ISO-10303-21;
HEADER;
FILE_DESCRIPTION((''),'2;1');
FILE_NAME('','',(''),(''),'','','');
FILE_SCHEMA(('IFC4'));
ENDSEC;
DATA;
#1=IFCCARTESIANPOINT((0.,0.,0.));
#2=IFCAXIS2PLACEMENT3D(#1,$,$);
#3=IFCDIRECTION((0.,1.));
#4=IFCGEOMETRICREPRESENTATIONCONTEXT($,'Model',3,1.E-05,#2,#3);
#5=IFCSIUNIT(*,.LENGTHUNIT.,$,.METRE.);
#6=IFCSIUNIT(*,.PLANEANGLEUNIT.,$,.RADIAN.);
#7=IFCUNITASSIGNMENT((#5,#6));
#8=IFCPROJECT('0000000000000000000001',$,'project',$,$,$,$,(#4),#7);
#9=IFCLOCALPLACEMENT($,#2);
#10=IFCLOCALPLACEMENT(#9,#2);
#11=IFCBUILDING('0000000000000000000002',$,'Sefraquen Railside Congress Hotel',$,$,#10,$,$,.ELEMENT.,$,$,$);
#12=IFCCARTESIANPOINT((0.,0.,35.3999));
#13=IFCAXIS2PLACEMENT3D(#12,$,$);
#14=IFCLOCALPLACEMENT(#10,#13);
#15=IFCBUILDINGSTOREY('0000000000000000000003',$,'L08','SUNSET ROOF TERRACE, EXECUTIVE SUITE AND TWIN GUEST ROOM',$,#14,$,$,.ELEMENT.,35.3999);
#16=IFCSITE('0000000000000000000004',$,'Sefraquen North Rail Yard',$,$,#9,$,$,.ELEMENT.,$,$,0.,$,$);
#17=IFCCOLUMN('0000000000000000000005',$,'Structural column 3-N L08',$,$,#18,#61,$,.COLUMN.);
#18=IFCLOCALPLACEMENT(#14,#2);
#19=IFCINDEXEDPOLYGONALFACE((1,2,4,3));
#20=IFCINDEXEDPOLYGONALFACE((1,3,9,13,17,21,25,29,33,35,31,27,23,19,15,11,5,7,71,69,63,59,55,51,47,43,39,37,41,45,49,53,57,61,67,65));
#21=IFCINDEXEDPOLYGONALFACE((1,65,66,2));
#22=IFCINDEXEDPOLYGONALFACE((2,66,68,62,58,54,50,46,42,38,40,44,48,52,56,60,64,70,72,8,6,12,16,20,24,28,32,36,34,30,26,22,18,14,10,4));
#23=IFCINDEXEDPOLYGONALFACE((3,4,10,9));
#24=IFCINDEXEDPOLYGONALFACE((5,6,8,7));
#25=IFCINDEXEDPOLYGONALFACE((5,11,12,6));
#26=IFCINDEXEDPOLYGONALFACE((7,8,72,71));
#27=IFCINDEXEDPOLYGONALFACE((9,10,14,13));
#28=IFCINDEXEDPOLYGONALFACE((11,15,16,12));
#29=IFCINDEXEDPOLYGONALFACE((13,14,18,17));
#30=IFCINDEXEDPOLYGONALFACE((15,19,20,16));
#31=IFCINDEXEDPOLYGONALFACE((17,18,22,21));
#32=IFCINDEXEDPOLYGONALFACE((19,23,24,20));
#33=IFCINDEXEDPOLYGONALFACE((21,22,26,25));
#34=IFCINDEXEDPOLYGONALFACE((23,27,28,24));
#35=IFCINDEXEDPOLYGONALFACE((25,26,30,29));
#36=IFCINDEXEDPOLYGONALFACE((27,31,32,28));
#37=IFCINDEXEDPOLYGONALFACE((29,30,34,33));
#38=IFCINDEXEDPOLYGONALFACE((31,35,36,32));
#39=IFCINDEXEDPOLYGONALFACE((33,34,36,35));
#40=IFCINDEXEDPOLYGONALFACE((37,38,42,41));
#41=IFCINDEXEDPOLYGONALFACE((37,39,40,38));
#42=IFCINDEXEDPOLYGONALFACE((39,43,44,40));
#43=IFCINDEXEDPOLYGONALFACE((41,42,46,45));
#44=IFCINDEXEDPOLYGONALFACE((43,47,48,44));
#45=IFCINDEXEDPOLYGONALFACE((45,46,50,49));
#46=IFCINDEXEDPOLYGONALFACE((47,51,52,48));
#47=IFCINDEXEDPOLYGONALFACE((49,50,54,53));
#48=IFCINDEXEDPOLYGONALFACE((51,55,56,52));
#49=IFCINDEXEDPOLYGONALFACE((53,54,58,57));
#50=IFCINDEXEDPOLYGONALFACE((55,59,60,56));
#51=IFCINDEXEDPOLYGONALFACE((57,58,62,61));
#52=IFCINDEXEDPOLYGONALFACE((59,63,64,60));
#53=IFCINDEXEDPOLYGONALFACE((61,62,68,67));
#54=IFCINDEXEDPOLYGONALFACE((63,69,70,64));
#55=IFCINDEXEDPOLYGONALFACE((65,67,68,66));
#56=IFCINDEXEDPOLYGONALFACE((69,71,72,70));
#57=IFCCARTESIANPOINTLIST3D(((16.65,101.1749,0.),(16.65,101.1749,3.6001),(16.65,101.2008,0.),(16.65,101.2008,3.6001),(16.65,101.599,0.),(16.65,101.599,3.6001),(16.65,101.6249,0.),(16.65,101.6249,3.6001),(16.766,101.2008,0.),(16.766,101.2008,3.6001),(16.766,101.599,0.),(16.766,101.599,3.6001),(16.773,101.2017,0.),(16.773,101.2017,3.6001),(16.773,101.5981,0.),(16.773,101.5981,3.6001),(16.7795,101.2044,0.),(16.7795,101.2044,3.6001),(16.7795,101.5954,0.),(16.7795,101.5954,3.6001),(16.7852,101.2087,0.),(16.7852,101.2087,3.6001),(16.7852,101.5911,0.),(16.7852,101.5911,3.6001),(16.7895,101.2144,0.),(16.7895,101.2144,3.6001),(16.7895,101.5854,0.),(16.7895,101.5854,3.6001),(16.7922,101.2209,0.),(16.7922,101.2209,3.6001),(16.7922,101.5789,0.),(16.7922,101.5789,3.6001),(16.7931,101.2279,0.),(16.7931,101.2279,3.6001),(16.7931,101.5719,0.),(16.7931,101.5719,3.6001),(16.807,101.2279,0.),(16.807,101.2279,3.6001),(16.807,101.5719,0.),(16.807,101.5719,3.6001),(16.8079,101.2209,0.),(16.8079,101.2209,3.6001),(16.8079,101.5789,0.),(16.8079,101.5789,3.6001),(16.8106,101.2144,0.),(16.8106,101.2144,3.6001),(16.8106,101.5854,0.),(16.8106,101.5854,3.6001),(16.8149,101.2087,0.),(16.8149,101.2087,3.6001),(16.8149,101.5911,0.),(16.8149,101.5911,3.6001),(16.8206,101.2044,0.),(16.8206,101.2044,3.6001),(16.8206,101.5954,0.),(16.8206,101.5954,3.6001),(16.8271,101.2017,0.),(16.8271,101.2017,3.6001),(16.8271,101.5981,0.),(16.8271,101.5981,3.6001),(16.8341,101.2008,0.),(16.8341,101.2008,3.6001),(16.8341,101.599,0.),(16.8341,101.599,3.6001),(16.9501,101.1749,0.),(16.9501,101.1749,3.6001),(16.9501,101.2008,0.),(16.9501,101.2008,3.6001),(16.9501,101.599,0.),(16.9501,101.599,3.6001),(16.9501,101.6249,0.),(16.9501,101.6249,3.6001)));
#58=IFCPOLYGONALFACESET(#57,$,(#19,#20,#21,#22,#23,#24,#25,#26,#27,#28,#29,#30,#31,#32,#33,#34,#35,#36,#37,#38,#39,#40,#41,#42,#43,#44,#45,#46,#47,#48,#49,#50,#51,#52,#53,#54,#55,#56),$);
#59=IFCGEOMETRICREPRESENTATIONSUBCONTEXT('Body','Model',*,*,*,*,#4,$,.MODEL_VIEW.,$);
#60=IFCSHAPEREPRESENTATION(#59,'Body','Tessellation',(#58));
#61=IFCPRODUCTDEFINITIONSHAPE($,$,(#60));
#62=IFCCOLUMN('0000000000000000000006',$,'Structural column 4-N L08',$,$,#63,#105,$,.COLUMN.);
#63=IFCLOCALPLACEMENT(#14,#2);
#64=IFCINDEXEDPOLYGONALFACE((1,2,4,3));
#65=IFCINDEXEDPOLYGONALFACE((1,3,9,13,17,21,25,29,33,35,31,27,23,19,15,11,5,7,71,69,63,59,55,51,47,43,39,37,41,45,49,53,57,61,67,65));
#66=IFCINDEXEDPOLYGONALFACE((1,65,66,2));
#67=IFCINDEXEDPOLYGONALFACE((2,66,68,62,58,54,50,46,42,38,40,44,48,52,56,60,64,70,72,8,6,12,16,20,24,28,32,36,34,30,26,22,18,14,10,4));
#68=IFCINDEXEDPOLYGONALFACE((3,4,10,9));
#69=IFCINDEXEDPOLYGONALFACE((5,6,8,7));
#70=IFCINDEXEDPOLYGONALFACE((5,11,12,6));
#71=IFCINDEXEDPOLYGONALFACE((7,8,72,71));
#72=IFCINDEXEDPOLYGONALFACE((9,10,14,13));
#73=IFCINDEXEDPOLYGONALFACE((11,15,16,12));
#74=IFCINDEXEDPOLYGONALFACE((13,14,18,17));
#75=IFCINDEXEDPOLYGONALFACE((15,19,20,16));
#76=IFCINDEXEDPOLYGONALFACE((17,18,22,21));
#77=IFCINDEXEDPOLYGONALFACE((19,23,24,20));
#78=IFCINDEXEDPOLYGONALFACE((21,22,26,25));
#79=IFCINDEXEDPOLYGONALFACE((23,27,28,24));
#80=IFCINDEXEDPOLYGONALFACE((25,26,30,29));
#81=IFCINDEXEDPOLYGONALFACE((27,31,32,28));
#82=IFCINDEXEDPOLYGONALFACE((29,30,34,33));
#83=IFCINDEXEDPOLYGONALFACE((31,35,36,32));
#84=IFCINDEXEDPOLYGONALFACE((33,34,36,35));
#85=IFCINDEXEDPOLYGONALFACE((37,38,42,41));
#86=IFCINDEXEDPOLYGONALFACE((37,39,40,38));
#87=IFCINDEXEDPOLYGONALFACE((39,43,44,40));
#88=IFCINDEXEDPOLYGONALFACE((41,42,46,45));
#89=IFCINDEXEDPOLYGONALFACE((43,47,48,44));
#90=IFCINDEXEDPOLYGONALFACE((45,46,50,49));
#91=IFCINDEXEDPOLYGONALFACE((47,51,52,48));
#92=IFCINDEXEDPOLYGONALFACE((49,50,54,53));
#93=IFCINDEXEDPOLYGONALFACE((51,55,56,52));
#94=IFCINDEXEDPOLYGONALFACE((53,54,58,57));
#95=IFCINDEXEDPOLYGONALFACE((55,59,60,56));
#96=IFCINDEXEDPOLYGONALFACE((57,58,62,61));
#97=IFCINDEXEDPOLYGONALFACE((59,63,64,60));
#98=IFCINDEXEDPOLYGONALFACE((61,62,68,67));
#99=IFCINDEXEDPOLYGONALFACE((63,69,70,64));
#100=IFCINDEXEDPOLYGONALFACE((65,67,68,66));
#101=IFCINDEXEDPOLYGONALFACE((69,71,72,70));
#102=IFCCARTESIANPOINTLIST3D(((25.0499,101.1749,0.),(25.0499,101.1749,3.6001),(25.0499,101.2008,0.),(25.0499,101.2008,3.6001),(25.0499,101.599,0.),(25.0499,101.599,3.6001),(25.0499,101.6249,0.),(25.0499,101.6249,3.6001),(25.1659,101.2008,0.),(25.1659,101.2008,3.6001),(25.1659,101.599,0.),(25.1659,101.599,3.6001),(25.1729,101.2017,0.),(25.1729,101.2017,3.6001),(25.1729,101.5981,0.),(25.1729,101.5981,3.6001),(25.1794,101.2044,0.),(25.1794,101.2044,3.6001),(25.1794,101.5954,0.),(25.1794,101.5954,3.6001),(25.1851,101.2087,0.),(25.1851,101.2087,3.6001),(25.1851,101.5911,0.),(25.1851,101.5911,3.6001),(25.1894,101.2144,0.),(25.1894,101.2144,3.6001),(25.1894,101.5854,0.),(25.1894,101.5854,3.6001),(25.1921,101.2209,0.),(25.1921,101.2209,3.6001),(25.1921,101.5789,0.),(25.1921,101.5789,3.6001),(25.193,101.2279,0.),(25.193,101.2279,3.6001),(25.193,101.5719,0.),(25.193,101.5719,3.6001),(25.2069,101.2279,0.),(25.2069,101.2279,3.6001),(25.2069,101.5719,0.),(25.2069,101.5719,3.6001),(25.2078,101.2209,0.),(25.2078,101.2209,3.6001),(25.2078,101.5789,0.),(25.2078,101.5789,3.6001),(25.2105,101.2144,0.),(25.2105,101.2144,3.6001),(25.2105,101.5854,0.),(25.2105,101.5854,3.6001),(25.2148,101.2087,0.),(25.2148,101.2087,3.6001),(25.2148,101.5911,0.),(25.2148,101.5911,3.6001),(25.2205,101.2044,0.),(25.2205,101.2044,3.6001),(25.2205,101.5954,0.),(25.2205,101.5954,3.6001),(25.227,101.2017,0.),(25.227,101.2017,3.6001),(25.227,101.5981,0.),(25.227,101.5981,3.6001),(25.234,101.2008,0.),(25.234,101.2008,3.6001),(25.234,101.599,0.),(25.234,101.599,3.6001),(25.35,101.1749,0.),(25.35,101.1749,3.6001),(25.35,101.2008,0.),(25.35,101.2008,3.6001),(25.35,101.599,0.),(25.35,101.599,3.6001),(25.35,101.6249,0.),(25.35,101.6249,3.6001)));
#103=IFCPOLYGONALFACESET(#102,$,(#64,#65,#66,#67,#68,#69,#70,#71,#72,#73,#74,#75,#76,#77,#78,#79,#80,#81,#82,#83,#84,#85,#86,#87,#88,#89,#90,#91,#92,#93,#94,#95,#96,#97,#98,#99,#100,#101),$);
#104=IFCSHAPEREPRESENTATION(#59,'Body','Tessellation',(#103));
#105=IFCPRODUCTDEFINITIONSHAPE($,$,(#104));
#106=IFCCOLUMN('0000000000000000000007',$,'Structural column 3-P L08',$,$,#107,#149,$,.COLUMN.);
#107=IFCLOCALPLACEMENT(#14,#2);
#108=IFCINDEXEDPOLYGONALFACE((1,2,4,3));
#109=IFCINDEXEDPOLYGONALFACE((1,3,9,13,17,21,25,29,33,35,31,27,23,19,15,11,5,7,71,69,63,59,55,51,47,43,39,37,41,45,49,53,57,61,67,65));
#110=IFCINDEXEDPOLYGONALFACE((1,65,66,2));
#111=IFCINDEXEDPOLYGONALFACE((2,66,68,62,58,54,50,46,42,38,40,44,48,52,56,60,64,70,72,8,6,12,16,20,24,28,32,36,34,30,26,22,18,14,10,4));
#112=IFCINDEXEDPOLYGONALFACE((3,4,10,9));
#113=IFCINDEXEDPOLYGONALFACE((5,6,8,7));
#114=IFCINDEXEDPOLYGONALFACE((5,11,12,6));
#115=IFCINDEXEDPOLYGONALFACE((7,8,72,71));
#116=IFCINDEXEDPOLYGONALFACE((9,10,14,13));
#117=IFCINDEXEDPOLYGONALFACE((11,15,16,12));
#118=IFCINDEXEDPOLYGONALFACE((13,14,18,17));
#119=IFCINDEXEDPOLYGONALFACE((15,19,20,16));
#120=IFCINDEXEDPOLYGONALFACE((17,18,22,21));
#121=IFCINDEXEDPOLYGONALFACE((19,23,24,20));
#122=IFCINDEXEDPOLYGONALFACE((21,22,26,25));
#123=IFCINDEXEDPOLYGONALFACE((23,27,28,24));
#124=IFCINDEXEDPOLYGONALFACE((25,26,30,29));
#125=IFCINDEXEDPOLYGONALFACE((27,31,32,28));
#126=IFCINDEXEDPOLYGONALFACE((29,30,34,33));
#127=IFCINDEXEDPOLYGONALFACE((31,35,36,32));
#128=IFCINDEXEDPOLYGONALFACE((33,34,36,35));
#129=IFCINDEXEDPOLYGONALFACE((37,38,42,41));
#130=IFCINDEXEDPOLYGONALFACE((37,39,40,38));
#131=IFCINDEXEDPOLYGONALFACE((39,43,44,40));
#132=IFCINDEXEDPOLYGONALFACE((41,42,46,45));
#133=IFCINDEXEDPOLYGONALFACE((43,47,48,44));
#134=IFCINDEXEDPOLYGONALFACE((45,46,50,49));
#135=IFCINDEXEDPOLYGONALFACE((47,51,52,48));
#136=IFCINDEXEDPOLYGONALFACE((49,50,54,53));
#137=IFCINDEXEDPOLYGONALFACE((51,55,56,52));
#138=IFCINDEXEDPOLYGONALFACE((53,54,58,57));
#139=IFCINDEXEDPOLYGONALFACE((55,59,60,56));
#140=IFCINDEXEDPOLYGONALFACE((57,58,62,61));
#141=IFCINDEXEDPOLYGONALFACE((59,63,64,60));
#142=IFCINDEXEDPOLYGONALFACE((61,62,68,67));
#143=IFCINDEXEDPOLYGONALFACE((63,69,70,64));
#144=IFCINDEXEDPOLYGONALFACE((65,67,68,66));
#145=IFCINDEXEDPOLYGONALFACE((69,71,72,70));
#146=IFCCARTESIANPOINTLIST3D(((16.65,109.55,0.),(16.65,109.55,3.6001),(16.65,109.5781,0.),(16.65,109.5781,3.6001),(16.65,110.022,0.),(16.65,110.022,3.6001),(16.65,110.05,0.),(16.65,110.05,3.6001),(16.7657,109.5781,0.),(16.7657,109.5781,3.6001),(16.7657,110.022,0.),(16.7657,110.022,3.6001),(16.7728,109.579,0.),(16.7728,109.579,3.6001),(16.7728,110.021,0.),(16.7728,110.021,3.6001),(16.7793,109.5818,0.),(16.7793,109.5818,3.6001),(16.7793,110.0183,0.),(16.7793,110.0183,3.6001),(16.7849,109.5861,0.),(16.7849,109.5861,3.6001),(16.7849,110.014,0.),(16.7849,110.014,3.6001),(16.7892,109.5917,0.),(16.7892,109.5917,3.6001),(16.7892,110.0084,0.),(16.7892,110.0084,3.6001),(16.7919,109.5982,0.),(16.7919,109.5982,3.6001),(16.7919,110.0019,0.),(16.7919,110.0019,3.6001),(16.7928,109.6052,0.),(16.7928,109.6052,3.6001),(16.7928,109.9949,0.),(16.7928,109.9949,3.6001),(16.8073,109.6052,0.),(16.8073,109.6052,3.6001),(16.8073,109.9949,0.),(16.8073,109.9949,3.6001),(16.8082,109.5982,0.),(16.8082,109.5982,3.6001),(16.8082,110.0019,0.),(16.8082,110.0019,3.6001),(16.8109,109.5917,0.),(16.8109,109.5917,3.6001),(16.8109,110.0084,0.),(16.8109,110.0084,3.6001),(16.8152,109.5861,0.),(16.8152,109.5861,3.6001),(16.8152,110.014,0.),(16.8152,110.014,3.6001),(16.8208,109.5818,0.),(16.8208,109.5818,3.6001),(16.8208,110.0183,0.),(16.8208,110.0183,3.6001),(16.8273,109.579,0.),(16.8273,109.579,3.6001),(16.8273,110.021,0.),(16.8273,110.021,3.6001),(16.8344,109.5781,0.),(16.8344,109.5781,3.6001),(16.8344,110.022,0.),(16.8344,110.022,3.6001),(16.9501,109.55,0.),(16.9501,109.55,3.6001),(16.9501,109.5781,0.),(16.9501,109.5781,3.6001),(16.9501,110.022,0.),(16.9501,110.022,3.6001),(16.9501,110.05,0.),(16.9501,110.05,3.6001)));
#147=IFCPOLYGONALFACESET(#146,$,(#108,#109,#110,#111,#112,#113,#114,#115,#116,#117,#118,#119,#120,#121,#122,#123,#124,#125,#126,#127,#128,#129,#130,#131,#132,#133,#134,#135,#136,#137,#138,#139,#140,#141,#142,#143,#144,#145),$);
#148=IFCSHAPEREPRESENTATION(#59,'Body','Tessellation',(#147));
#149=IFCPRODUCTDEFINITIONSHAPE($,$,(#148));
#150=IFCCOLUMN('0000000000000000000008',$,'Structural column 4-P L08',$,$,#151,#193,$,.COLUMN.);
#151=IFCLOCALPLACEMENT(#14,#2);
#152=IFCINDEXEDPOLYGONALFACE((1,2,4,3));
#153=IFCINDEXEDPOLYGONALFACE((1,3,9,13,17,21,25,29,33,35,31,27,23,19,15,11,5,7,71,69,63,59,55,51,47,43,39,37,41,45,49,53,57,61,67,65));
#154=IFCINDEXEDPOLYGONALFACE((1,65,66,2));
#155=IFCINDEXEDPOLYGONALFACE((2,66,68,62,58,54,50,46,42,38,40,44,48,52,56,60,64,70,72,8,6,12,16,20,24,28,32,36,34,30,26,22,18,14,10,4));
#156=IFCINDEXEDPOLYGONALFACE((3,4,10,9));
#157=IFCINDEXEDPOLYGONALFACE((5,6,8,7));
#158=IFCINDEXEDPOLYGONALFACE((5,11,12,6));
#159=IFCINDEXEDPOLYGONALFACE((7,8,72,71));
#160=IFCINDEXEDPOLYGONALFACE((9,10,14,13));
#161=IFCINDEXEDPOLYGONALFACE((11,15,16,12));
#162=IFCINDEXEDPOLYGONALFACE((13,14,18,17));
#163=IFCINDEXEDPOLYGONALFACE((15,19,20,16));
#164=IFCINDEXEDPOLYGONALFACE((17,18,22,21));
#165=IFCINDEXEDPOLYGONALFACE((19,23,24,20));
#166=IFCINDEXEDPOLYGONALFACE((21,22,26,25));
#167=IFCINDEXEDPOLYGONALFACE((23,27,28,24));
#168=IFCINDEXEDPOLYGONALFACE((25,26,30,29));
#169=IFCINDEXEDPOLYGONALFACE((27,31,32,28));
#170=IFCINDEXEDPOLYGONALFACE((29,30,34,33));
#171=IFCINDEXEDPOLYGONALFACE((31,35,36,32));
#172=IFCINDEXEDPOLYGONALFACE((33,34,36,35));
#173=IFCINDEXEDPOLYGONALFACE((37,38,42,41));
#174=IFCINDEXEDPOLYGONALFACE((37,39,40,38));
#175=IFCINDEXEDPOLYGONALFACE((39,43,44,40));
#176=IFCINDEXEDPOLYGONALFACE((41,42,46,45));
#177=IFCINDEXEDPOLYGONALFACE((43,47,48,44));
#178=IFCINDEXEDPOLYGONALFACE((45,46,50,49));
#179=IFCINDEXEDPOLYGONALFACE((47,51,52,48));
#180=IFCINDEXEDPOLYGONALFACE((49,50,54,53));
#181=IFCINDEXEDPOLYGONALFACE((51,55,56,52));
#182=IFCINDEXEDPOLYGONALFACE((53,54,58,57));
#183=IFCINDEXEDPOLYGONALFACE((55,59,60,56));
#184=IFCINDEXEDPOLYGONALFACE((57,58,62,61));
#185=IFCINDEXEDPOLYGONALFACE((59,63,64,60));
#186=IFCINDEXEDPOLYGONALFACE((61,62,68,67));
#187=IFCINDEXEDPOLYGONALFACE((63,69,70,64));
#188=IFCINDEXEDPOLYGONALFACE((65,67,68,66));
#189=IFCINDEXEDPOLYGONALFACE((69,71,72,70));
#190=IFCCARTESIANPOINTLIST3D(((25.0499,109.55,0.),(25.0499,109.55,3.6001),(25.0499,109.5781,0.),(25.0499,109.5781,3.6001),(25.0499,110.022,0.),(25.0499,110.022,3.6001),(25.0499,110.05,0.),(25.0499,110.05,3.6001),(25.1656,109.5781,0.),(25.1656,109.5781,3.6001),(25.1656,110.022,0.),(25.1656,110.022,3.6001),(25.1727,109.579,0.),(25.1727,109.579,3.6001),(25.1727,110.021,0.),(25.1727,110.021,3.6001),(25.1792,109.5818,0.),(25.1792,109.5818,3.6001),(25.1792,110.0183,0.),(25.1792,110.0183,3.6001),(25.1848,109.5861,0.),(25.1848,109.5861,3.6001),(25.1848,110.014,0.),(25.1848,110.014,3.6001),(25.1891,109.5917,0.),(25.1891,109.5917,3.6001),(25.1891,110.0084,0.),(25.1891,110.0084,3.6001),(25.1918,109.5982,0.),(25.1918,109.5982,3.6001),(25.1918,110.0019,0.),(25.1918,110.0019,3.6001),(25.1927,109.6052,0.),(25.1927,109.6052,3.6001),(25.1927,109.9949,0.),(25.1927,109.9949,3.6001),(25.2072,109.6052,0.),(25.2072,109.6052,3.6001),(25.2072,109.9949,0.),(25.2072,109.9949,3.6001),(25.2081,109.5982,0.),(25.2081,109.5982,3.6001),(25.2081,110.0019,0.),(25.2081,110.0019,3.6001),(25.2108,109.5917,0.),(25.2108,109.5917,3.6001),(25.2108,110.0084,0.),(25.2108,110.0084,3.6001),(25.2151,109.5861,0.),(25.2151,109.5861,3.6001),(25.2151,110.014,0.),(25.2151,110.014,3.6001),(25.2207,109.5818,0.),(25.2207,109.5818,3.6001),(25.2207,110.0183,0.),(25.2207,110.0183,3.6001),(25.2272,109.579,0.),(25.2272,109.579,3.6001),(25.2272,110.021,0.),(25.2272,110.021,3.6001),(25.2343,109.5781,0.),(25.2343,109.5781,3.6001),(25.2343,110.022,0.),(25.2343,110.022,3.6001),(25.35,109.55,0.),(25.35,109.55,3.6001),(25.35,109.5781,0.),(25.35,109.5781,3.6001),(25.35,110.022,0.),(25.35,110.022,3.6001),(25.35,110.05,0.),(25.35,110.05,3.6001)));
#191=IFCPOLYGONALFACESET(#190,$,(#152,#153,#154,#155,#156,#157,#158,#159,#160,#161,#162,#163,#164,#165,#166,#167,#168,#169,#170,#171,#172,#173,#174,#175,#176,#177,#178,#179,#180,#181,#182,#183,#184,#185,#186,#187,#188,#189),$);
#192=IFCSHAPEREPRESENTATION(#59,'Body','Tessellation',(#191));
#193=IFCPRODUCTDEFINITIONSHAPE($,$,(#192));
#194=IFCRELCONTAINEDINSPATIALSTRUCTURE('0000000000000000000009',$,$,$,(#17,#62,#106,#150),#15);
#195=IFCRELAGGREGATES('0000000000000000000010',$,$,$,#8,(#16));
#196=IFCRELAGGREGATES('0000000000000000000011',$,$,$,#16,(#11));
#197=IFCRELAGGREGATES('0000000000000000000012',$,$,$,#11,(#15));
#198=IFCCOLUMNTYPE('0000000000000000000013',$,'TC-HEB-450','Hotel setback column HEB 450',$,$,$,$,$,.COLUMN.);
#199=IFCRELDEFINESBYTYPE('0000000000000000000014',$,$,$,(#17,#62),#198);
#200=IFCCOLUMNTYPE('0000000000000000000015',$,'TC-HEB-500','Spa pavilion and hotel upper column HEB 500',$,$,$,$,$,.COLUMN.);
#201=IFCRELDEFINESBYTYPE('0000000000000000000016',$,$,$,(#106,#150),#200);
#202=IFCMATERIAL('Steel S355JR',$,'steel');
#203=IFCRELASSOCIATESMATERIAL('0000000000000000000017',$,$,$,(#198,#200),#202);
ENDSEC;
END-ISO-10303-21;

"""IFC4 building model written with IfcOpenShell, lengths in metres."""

from ifc_helpers import new_model, si_unit, direction, frame, origin, origin_2d, place, context, subcontext, project, spatial, i_section, extrude, material, material_profile, profile_set, type_object, element, save


model = new_model("IFC4")

# Units and contexts
model_context = context("Model", 3, precision=1e-05, world=origin(), true_north=direction((0.0, 1.0)))
body_context = subcontext(model_context, "Body", "Model", "MODEL_VIEW")
ifc_project = project(units=[si_unit("LENGTHUNIT", "METRE"), si_unit("PLANEANGLEUNIT", "RADIAN")], contexts=[model_context])

# Site, building, storey
site_placement = place(None, origin())
site = spatial("IfcSite", under=ifc_project, at=site_placement, Name="Sefraquen North Rail Yard", CompositionType="ELEMENT", RefElevation=0.0)
building_placement = place(site_placement, origin())
building = spatial("IfcBuilding", under=site, at=building_placement, Name="Sefraquen Railside Congress Hotel", CompositionType="ELEMENT")
storey_placement = place(building_placement, frame((0.0, 0.0, 35.3999)))
storey = spatial("IfcBuildingStorey", under=building, at=storey_placement, Name="L08", Description="SUNSET ROOF TERRACE, EXECUTIVE SUITE AND TWIN GUEST ROOM", CompositionType="ELEMENT", Elevation=35.3999)

# Columns
ifc_material_1 = material(Name="Steel S355JR", Category="steel")
ifc_material_profile_1 = material_profile(ifc_material_1, i_section(OverallWidth=0.3, OverallDepth=0.45, WebThickness=0.0139, FlangeThickness=0.0259, FilletRadius=0.0271, at=origin_2d()), Name="HEB 450")
ifc_profile_set_1 = profile_set([ifc_material_profile_1], Name="Steel S355JR")
column_type_1 = type_object("IfcColumnType", Name="TC-HEB-450", Description="Hotel setback column HEB 450", PredefinedType="COLUMN", material=ifc_profile_set_1)
for number, where, z_axis, x_axis, name in (
    (1, (16.8, 101.3999, 0.0), (0.0, 0.0, 1.0), (1.0, 0.0, 0.0), "Structural column 3-N L08"),
    (2, (25.2, 101.3999, 0.0), (0.0, 0.0, 1.0), (1.0, 0.0, 0.0), "Structural column 4-N L08"),
):
    element("IfcColumn", number, at=place(storey_placement, frame(where, z_axis=z_axis, x_axis=x_axis)), inside=storey, type_object=column_type_1, Name=name, PredefinedType="COLUMN", context=body_context, shape_type="SweptSolid", body=[
        extrude(i_section(OverallWidth=0.3, OverallDepth=0.45, WebThickness=0.0139, FlangeThickness=0.0259, FilletRadius=0.0271, at=origin_2d()), origin(), (0.0, 0.0, 1.0), 3.6001),
    ])
ifc_material_profile_2 = material_profile(ifc_material_1, i_section(OverallWidth=0.3, OverallDepth=0.5, WebThickness=0.0144, FlangeThickness=0.0281, FilletRadius=0.0271, at=origin_2d()), Name="HEB 500")
ifc_profile_set_2 = profile_set([ifc_material_profile_2], Name="Steel S355JR")
column_type_2 = type_object("IfcColumnType", Name="TC-HEB-500", Description="Spa pavilion and hotel upper column HEB 500", PredefinedType="COLUMN", material=ifc_profile_set_2)
for number, where, z_axis, x_axis, name in (
    (3, (16.8, 109.8, 0.0), (0.0, 0.0, 1.0), (1.0, 0.0, 0.0), "Structural column 3-P L08"),
    (4, (25.2, 109.8, 0.0), (0.0, 0.0, 1.0), (1.0, 0.0, 0.0), "Structural column 4-P L08"),
):
    element("IfcColumn", number, at=place(storey_placement, frame(where, z_axis=z_axis, x_axis=x_axis)), inside=storey, type_object=column_type_2, Name=name, PredefinedType="COLUMN", context=body_context, shape_type="SweptSolid", body=[
        extrude(i_section(OverallWidth=0.3, OverallDepth=0.5, WebThickness=0.0144, FlangeThickness=0.0281, FilletRadius=0.0271, at=origin_2d()), origin(), (0.0, 0.0, 1.0), 3.6001),
    ])

save(model, "model.ifc")
